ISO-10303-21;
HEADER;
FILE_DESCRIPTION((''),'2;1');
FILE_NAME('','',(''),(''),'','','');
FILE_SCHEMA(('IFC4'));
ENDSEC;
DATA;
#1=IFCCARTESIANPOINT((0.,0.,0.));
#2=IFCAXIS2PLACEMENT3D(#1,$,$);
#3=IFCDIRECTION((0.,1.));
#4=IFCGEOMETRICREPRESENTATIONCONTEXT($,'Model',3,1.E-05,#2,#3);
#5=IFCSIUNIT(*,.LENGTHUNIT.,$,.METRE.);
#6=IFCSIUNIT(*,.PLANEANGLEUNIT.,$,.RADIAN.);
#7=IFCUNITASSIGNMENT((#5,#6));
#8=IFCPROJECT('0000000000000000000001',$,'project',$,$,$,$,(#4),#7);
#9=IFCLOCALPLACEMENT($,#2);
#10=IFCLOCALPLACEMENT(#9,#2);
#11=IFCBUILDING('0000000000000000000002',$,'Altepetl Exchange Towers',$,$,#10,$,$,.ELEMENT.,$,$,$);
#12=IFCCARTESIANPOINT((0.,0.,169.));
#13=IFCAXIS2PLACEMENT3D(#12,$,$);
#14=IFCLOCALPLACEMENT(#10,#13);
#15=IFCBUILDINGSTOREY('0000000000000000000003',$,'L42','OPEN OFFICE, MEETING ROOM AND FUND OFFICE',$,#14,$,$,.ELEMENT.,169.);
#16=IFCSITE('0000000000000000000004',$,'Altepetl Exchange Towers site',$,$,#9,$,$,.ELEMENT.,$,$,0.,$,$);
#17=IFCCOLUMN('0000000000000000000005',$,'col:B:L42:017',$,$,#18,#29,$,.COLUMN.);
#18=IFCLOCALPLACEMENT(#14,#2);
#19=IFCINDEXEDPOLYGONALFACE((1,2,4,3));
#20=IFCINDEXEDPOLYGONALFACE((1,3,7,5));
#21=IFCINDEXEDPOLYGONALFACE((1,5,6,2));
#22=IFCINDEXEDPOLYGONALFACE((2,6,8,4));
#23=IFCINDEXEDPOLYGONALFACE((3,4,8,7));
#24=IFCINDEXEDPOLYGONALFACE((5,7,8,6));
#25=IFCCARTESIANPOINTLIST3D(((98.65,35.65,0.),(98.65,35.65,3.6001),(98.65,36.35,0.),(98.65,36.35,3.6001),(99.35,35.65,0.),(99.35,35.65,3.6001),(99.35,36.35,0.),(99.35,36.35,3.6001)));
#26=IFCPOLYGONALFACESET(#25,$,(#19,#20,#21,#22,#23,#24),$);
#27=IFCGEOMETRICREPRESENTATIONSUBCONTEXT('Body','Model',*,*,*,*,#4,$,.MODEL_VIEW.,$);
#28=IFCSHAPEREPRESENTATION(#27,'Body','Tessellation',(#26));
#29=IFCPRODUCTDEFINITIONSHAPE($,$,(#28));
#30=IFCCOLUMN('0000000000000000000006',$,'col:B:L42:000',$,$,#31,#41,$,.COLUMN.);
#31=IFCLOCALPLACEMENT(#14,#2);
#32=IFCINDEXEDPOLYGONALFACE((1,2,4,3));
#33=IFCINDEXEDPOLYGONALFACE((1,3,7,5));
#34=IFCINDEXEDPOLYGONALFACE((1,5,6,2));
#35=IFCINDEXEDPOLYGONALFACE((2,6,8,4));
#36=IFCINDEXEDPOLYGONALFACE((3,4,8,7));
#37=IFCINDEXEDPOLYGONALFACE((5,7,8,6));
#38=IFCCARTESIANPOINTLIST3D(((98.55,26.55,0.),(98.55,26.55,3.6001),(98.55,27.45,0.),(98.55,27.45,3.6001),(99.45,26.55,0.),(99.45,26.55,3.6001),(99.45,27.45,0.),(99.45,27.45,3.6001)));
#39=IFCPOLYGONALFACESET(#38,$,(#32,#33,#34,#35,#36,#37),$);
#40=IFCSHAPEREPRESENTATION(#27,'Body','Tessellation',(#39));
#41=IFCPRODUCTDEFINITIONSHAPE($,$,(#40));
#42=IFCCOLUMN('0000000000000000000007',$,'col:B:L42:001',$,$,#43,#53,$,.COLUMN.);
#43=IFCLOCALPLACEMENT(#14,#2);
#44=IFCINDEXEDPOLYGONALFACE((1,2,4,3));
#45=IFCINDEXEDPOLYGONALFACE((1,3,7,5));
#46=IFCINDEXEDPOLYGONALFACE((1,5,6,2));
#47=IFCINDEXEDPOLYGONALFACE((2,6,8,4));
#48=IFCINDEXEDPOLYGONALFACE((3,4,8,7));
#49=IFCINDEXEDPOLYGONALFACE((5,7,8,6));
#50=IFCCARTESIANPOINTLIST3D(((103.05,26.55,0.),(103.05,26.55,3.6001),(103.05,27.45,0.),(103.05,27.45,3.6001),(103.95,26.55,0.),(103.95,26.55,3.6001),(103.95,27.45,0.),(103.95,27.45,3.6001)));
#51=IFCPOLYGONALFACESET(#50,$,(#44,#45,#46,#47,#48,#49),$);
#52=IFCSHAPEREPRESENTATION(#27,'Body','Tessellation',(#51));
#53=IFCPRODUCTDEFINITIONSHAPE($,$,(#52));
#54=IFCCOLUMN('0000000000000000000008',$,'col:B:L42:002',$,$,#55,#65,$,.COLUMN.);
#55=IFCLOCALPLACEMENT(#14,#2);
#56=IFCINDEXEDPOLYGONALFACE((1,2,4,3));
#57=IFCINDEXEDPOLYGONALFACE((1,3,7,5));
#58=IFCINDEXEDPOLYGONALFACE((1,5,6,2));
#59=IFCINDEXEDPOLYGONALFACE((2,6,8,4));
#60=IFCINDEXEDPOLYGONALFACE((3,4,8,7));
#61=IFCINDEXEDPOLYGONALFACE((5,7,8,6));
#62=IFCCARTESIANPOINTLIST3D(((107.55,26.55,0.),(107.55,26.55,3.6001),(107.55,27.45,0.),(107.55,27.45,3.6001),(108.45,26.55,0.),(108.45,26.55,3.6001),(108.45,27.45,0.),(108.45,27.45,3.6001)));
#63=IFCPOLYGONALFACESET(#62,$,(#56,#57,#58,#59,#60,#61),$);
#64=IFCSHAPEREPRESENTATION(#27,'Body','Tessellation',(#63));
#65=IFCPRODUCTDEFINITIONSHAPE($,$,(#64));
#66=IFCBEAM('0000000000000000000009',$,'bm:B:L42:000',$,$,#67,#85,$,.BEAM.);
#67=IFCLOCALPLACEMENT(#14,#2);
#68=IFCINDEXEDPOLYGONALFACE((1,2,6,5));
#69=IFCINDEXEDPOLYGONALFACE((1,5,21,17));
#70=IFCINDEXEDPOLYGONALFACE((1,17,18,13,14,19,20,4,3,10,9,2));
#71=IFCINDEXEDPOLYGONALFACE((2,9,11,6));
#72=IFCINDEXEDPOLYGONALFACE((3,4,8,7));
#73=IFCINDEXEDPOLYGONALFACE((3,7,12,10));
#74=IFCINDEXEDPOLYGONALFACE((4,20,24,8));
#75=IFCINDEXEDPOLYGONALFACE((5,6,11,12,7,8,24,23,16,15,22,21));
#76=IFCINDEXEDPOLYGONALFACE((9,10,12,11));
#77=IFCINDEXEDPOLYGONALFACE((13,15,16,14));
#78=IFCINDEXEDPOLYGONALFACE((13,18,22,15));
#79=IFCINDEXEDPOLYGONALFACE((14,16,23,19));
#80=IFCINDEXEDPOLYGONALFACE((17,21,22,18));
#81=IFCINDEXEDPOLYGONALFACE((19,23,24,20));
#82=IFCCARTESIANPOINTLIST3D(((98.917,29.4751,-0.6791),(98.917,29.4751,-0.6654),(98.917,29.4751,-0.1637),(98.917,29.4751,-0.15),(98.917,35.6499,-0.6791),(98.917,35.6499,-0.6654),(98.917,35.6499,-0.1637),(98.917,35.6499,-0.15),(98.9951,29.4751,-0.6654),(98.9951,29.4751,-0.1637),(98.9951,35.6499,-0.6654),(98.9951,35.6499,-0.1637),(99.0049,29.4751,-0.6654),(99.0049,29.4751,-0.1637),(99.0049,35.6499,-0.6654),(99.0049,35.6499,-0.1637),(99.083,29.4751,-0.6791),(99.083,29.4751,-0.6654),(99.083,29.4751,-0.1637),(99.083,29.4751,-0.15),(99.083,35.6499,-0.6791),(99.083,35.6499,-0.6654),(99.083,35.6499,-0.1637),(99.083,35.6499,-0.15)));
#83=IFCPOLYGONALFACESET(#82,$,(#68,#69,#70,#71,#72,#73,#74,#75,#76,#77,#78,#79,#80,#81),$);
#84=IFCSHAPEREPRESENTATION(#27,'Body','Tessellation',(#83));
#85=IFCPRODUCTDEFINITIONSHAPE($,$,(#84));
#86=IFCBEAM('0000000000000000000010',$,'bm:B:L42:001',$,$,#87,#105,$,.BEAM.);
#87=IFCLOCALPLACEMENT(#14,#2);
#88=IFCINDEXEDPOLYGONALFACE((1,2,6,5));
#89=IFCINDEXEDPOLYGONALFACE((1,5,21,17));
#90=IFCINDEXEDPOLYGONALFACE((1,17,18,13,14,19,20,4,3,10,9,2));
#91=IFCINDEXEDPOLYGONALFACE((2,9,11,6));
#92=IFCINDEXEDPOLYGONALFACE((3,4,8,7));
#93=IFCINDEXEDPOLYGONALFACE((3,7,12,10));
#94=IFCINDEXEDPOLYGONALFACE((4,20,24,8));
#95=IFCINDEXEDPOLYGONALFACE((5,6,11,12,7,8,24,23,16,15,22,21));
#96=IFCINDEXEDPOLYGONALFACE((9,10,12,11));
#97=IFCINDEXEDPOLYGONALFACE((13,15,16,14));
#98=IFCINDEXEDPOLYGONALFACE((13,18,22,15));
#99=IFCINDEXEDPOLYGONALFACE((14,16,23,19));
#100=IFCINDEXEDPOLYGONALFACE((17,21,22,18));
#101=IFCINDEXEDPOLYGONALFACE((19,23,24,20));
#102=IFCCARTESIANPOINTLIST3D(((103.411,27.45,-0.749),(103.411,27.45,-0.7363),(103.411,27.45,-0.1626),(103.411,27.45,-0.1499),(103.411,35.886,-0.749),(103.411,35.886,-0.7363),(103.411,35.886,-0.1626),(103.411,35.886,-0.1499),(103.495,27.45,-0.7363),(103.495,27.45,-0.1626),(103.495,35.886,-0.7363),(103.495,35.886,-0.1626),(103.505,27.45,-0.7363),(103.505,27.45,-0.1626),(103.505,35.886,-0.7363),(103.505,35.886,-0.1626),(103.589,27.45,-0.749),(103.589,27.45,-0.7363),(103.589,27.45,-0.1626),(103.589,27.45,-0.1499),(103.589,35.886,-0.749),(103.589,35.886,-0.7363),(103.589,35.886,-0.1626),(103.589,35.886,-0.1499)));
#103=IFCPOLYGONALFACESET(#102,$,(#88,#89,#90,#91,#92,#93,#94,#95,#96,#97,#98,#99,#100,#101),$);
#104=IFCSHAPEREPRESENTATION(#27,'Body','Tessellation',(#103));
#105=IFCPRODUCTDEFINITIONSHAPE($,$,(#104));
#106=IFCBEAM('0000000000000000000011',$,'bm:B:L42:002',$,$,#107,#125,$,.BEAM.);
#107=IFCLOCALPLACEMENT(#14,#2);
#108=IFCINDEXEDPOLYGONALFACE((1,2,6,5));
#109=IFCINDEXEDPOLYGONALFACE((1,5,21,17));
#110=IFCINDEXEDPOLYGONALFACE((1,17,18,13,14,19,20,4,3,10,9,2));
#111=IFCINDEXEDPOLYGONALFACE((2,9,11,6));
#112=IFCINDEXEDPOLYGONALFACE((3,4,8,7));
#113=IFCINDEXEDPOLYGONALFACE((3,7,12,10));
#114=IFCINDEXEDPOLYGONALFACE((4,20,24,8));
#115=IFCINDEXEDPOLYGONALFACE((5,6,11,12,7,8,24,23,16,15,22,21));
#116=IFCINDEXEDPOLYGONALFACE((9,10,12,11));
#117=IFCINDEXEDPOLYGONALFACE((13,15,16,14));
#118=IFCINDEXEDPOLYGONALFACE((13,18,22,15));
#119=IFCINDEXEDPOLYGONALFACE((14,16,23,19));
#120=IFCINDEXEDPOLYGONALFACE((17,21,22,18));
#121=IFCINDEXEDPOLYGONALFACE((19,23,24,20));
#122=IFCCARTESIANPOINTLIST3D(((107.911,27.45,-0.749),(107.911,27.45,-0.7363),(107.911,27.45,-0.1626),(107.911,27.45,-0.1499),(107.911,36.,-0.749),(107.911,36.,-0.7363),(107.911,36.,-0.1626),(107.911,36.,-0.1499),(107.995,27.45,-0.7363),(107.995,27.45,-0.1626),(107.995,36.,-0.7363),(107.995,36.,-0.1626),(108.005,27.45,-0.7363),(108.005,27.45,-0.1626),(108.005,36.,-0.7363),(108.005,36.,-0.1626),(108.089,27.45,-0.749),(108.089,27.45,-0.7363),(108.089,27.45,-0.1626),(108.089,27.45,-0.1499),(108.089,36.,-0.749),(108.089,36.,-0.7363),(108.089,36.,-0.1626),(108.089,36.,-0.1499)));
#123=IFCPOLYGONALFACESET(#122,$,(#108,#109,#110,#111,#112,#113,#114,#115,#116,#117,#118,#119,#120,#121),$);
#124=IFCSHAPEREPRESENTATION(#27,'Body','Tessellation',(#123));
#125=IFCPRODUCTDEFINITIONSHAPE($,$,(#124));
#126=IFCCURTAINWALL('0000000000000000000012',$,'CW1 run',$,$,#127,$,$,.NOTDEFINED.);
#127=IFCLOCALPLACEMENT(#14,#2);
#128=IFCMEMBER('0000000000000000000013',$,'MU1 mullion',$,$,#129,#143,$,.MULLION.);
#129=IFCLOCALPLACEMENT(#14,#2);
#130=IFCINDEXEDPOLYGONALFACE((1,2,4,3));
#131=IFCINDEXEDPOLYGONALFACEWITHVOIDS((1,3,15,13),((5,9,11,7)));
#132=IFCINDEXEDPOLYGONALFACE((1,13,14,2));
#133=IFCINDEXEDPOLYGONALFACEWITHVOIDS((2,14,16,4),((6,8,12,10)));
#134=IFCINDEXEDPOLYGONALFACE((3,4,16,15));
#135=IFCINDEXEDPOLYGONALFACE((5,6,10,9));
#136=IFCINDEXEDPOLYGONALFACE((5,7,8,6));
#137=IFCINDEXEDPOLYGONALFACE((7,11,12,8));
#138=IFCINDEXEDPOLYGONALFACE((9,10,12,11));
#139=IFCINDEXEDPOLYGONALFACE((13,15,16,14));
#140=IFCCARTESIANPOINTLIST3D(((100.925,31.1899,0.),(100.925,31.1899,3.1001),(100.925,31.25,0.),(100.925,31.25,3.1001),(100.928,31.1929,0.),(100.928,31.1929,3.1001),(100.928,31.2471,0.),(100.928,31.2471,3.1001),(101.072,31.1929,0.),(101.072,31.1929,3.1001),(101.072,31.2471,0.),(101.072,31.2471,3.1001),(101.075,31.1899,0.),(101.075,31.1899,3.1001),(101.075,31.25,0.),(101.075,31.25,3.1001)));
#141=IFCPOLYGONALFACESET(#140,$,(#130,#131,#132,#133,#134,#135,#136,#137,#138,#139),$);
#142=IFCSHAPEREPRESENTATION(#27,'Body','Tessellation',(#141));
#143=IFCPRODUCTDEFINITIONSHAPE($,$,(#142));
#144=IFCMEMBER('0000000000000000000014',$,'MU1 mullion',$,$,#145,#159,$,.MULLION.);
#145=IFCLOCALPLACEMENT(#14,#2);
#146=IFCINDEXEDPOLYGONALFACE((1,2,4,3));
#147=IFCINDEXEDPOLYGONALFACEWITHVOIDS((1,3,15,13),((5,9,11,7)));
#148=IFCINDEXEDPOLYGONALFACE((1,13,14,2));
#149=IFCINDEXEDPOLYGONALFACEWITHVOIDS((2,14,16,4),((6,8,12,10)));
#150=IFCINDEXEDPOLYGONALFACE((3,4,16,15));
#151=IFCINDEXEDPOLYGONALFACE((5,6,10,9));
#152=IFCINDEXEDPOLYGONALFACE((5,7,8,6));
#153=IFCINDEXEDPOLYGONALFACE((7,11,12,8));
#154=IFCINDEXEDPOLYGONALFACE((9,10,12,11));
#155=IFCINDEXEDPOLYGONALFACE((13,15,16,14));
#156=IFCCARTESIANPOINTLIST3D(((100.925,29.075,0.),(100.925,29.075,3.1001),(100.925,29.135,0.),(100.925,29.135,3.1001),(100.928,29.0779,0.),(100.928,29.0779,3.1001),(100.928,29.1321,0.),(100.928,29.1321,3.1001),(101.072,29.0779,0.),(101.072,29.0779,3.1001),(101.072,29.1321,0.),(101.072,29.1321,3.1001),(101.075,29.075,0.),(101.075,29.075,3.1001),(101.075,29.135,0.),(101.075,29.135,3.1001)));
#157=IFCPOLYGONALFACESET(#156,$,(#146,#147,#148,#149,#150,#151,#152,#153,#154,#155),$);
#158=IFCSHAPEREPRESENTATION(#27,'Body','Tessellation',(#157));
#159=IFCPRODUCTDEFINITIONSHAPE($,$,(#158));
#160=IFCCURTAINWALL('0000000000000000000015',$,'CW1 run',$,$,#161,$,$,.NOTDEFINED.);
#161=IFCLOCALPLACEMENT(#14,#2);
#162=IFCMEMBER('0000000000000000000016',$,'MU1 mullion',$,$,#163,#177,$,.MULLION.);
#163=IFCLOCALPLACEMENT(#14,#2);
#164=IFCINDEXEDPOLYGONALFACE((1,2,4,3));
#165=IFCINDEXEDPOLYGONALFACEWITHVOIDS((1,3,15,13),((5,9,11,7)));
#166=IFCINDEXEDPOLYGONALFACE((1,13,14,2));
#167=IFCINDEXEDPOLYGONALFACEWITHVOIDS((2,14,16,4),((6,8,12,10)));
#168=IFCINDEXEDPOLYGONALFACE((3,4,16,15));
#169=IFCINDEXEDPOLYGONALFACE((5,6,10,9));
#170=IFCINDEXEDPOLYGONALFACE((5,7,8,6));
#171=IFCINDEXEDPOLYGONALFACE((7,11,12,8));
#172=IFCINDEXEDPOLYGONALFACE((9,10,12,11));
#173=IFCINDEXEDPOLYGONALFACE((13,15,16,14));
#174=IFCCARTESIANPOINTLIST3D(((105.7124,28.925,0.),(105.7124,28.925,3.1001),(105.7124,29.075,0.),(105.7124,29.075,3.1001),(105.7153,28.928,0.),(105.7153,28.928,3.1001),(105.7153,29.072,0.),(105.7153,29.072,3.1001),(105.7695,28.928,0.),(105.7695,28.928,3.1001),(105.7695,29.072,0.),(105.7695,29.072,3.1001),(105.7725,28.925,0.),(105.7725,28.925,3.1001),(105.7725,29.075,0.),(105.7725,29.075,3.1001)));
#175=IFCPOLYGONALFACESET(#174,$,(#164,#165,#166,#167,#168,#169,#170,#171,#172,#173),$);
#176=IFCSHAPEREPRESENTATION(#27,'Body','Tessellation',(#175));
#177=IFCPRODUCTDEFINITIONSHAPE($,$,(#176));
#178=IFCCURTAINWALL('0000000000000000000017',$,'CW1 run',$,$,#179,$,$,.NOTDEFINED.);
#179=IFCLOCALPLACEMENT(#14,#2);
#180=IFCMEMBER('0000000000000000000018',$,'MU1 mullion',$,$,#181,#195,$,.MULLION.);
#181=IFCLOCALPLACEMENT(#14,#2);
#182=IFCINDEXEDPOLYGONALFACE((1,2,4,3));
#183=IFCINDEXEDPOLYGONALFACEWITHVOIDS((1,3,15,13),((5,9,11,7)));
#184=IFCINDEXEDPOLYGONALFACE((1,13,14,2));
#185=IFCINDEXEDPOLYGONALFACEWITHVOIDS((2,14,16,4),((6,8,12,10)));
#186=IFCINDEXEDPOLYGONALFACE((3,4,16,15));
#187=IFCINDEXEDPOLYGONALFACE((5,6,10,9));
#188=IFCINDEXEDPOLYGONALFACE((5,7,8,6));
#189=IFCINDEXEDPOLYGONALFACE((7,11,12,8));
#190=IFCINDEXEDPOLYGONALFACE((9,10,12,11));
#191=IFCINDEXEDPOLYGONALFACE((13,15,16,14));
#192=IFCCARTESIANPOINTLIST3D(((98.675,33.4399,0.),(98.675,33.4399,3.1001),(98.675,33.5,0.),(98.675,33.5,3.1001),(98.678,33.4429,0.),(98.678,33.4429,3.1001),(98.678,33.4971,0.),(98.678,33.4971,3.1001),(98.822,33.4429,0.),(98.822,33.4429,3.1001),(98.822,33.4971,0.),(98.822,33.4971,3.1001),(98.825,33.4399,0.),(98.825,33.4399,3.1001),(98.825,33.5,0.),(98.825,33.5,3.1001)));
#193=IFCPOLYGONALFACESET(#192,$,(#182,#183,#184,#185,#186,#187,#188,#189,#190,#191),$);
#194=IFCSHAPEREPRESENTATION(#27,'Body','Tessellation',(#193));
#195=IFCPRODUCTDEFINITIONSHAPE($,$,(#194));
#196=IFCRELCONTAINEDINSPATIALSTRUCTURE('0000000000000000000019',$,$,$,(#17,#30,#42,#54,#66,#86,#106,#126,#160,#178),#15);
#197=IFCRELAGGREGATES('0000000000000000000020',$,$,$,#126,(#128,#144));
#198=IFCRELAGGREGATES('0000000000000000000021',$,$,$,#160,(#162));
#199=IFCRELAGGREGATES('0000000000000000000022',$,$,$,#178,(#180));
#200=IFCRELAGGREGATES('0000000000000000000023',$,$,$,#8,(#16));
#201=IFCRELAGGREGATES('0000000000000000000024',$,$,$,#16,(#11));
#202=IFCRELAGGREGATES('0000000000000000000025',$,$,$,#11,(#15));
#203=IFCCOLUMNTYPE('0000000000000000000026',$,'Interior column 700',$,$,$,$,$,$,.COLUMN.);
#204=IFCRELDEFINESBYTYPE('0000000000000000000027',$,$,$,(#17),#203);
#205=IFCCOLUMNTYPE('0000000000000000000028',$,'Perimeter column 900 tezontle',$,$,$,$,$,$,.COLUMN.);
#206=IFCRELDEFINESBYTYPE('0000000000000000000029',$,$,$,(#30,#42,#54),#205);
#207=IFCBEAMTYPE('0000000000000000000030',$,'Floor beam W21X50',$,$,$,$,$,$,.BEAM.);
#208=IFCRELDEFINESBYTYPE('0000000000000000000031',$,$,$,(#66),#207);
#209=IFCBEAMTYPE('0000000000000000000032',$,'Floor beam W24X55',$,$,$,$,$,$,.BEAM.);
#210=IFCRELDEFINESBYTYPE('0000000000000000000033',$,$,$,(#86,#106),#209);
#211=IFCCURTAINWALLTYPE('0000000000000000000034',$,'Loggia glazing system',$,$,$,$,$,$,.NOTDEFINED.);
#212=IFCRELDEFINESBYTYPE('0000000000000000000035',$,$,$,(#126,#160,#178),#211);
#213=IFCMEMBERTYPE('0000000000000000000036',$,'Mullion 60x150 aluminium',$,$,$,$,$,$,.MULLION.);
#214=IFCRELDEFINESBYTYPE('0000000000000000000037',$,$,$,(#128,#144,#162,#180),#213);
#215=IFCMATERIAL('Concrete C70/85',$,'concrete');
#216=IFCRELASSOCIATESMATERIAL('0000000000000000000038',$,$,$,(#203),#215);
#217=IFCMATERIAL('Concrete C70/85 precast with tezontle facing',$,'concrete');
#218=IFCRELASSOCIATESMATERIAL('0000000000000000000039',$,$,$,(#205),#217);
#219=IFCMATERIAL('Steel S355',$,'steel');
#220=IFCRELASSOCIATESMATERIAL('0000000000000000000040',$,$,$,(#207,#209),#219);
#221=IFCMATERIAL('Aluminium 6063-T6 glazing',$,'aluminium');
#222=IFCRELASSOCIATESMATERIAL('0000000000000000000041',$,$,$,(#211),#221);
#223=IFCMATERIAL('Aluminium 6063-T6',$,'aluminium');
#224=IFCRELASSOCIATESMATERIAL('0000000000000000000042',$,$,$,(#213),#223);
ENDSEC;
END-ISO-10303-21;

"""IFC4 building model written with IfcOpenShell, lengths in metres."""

from ifc_helpers import new_model, si_unit, direction, frame, origin, origin_2d, place, context, subcontext, project, spatial, rectangle, hollow_rectangle, i_section, extrude, material, material_profile, profile_set, type_object, element, aggregate, save


model = new_model("IFC4")

# Units and contexts
model_context = context("Model", 3, precision=1e-05, world=origin(), true_north=direction((0.0, 1.0)))
body_context = subcontext(model_context, "Body", "Model", "MODEL_VIEW")
ifc_project = project(units=[si_unit("LENGTHUNIT", "METRE"), si_unit("PLANEANGLEUNIT", "RADIAN")], contexts=[model_context])

# Site, building, storey
site_placement = place(None, origin())
site = spatial("IfcSite", under=ifc_project, at=site_placement, Name="Altepetl Exchange Towers site", CompositionType="ELEMENT", RefElevation=0.0)
building_placement = place(site_placement, origin())
building = spatial("IfcBuilding", under=site, at=building_placement, Name="Altepetl Exchange Towers", CompositionType="ELEMENT")
storey_placement = place(building_placement, frame((0.0, 0.0, 169.0)))
storey = spatial("IfcBuildingStorey", under=building, at=storey_placement, Name="L42", Description="OPEN OFFICE, MEETING ROOM AND FUND OFFICE", CompositionType="ELEMENT", Elevation=169.0)

# Columns
ifc_material_1 = material(Name="Concrete C70/85", Category="concrete")
ifc_material_profile_1 = material_profile(ifc_material_1, rectangle(XDim=0.7, YDim=0.7, at=origin_2d()), Name="700 x 700")
ifc_profile_set_1 = profile_set([ifc_material_profile_1], Name="Concrete C70/85")
column_type_1 = type_object("IfcColumnType", Name="Interior column 700", PredefinedType="COLUMN", material=ifc_profile_set_1)
column_placement = place(storey_placement, frame((99.0, 36.0, 0.0)))
element("IfcColumn", 1, at=column_placement, inside=storey, type_object=column_type_1, Name="col:B:L42:017", PredefinedType="COLUMN", context=body_context, shape_type="SweptSolid", body=[
    extrude(rectangle(XDim=0.7, YDim=0.7, at=origin_2d()), origin(), (0.0, 0.0, 1.0), 3.6001),
])
ifc_material_2 = material(Name="Concrete C70/85 precast with tezontle facing", Category="concrete")
ifc_material_profile_2 = material_profile(ifc_material_2, rectangle(XDim=0.8999, YDim=0.8999, at=origin_2d()), Name="900 x 900")
ifc_profile_set_2 = profile_set([ifc_material_profile_2], Name="Concrete C70/85 precast with tezontle facing")
column_type_2 = type_object("IfcColumnType", Name="Perimeter column 900 tezontle", PredefinedType="COLUMN", material=ifc_profile_set_2)
for number, where, name in (
    (2, (99.0, 27.0, 0.0), "col:B:L42:000"),
    (3, (103.5, 27.0, 0.0), "col:B:L42:001"),
    (4, (108.0, 27.0, 0.0), "col:B:L42:002"),
):
    element("IfcColumn", number, at=place(storey_placement, frame(where)), inside=storey, type_object=column_type_2, Name=name, PredefinedType="COLUMN", context=body_context, shape_type="SweptSolid", body=[
        extrude(rectangle(XDim=0.8999, YDim=0.8999, at=origin_2d()), origin(), (0.0, 0.0, 1.0), 3.6001),
    ])

# Beams
ifc_material_3 = material(Name="Steel S355", Category="steel")
ifc_material_profile_3 = material_profile(ifc_material_3, i_section(OverallWidth=0.166, OverallDepth=0.5291, WebThickness=0.0098, FlangeThickness=0.0137, at=origin_2d()), Name="W21X50")
ifc_profile_set_3 = profile_set([ifc_material_profile_3], Name="Steel S355")
beam_type_1 = type_object("IfcBeamType", Name="Floor beam W21X50", PredefinedType="BEAM", material=ifc_profile_set_3)
beam_1_placement = place(storey_placement, frame((99.0, 29.4751, -0.4146), z_axis=(0.0, 1.0, 0.0), x_axis=(-1.0, 0.0, 0.0)))
element("IfcBeam", 5, at=beam_1_placement, inside=storey, type_object=beam_type_1, Name="bm:B:L42:000", PredefinedType="BEAM", context=body_context, shape_type="SweptSolid", body=[
    extrude(i_section(OverallWidth=0.166, OverallDepth=0.5291, WebThickness=0.0098, FlangeThickness=0.0137, at=origin_2d()), origin(), (0.0, 0.0, 1.0), 6.1748),
])
ifc_material_profile_4 = material_profile(ifc_material_3, i_section(OverallWidth=0.178, OverallDepth=0.5991, WebThickness=0.01, FlangeThickness=0.0127, at=origin_2d()), Name="W24X55")
ifc_profile_set_4 = profile_set([ifc_material_profile_4], Name="Steel S355")
beam_type_2 = type_object("IfcBeamType", Name="Floor beam W24X55", PredefinedType="BEAM", material=ifc_profile_set_4)
beam_2_placement = place(storey_placement, frame((103.5, 27.45, -0.4495), z_axis=(0.0, 1.0, 0.0), x_axis=(-1.0, 0.0, 0.0)))
element("IfcBeam", 6, at=beam_2_placement, inside=storey, type_object=beam_type_2, Name="bm:B:L42:001", PredefinedType="BEAM", context=body_context, shape_type="SweptSolid", body=[
    extrude(i_section(OverallWidth=0.178, OverallDepth=0.5991, WebThickness=0.01, FlangeThickness=0.0127, at=origin_2d()), origin(), (0.0, 0.0, 1.0), 8.436),
])
beam_3_placement = place(storey_placement, frame((108.0, 27.45, -0.4495), z_axis=(0.0, 1.0, 0.0), x_axis=(-1.0, 0.0, 0.0)))
element("IfcBeam", 7, at=beam_3_placement, inside=storey, type_object=beam_type_2, Name="bm:B:L42:002", PredefinedType="BEAM", context=body_context, shape_type="SweptSolid", body=[
    extrude(i_section(OverallWidth=0.178, OverallDepth=0.5991, WebThickness=0.01, FlangeThickness=0.0127, at=origin_2d()), origin(), (0.0, 0.0, 1.0), 8.55),
])

# Curtain wall, members
ifc_material_4 = material(Name="Aluminium 6063-T6 glazing", Category="aluminium")
curtain_wall_type = type_object("IfcCurtainWallType", Name="Loggia glazing system", PredefinedType="NOTDEFINED", material=ifc_material_4)
curtain_wall_1_placement = place(storey_placement, origin())
curtain_wall_1 = element("IfcCurtainWall", 8, at=curtain_wall_1_placement, inside=storey, type_object=curtain_wall_type, Name="CW1 run", PredefinedType="NOTDEFINED")
ifc_material_5 = material(Name="Aluminium 6063-T6", Category="aluminium")
ifc_material_profile_5 = material_profile(ifc_material_5, hollow_rectangle(XDim=0.0601, YDim=0.1499, WallThickness=0.0029, at=origin_2d()), Name="Mullion 60x150 aluminium")
ifc_profile_set_5 = profile_set([ifc_material_profile_5], Name="Aluminium 6063-T6")
member_type = type_object("IfcMemberType", Name="Mullion 60x150 aluminium", PredefinedType="MULLION", material=ifc_profile_set_5)
member_1_placement = place(storey_placement, frame((101.0, 31.22, 0.0), z_axis=(0.0, 0.0, 1.0), x_axis=(0.0, -1.0, 0.0)))
member_1 = element("IfcMember", 9, at=member_1_placement, type_object=member_type, Name="MU1 mullion", PredefinedType="MULLION", context=body_context, shape_type="SweptSolid", body=[
    extrude(hollow_rectangle(XDim=0.0601, YDim=0.1499, WallThickness=0.0029, at=origin_2d()), origin(), (0.0, 0.0, 1.0), 3.1001),
])
member_2_placement = place(storey_placement, frame((101.0, 29.105, 0.0), z_axis=(0.0, 0.0, 1.0), x_axis=(0.0, -1.0, 0.0)))
member_2 = element("IfcMember", 10, at=member_2_placement, type_object=member_type, Name="MU1 mullion", PredefinedType="MULLION", context=body_context, shape_type="SweptSolid", body=[
    extrude(hollow_rectangle(XDim=0.0601, YDim=0.1499, WallThickness=0.0029, at=origin_2d()), origin(), (0.0, 0.0, 1.0), 3.1001),
])

# Curtain wall, member
curtain_wall_2_placement = place(storey_placement, origin())
curtain_wall_2 = element("IfcCurtainWall", 11, at=curtain_wall_2_placement, inside=storey, type_object=curtain_wall_type, Name="CW1 run", PredefinedType="NOTDEFINED")
member_3_placement = place(storey_placement, frame((105.7424, 29.0, 0.0)))
member_3 = element("IfcMember", 12, at=member_3_placement, type_object=member_type, Name="MU1 mullion", PredefinedType="MULLION", context=body_context, shape_type="SweptSolid", body=[
    extrude(hollow_rectangle(XDim=0.0601, YDim=0.1499, WallThickness=0.0029, at=origin_2d()), origin(), (0.0, 0.0, 1.0), 3.1001),
])

# Curtain wall, member
curtain_wall_3_placement = place(storey_placement, origin())
curtain_wall_3 = element("IfcCurtainWall", 13, at=curtain_wall_3_placement, inside=storey, type_object=curtain_wall_type, Name="CW1 run", PredefinedType="NOTDEFINED")
member_4_placement = place(storey_placement, frame((98.75, 33.47, 0.0), z_axis=(0.0, 0.0, 1.0), x_axis=(0.0, -1.0, 0.0)))
member_4 = element("IfcMember", 14, at=member_4_placement, type_object=member_type, Name="MU1 mullion", PredefinedType="MULLION", context=body_context, shape_type="SweptSolid", body=[
    extrude(hollow_rectangle(XDim=0.0601, YDim=0.1499, WallThickness=0.0029, at=origin_2d()), origin(), (0.0, 0.0, 1.0), 3.1001),
])

aggregate(curtain_wall_1, [member_1, member_2])
aggregate(curtain_wall_2, [member_3])
aggregate(curtain_wall_3, [member_4])

save(model, "model.ifc")
